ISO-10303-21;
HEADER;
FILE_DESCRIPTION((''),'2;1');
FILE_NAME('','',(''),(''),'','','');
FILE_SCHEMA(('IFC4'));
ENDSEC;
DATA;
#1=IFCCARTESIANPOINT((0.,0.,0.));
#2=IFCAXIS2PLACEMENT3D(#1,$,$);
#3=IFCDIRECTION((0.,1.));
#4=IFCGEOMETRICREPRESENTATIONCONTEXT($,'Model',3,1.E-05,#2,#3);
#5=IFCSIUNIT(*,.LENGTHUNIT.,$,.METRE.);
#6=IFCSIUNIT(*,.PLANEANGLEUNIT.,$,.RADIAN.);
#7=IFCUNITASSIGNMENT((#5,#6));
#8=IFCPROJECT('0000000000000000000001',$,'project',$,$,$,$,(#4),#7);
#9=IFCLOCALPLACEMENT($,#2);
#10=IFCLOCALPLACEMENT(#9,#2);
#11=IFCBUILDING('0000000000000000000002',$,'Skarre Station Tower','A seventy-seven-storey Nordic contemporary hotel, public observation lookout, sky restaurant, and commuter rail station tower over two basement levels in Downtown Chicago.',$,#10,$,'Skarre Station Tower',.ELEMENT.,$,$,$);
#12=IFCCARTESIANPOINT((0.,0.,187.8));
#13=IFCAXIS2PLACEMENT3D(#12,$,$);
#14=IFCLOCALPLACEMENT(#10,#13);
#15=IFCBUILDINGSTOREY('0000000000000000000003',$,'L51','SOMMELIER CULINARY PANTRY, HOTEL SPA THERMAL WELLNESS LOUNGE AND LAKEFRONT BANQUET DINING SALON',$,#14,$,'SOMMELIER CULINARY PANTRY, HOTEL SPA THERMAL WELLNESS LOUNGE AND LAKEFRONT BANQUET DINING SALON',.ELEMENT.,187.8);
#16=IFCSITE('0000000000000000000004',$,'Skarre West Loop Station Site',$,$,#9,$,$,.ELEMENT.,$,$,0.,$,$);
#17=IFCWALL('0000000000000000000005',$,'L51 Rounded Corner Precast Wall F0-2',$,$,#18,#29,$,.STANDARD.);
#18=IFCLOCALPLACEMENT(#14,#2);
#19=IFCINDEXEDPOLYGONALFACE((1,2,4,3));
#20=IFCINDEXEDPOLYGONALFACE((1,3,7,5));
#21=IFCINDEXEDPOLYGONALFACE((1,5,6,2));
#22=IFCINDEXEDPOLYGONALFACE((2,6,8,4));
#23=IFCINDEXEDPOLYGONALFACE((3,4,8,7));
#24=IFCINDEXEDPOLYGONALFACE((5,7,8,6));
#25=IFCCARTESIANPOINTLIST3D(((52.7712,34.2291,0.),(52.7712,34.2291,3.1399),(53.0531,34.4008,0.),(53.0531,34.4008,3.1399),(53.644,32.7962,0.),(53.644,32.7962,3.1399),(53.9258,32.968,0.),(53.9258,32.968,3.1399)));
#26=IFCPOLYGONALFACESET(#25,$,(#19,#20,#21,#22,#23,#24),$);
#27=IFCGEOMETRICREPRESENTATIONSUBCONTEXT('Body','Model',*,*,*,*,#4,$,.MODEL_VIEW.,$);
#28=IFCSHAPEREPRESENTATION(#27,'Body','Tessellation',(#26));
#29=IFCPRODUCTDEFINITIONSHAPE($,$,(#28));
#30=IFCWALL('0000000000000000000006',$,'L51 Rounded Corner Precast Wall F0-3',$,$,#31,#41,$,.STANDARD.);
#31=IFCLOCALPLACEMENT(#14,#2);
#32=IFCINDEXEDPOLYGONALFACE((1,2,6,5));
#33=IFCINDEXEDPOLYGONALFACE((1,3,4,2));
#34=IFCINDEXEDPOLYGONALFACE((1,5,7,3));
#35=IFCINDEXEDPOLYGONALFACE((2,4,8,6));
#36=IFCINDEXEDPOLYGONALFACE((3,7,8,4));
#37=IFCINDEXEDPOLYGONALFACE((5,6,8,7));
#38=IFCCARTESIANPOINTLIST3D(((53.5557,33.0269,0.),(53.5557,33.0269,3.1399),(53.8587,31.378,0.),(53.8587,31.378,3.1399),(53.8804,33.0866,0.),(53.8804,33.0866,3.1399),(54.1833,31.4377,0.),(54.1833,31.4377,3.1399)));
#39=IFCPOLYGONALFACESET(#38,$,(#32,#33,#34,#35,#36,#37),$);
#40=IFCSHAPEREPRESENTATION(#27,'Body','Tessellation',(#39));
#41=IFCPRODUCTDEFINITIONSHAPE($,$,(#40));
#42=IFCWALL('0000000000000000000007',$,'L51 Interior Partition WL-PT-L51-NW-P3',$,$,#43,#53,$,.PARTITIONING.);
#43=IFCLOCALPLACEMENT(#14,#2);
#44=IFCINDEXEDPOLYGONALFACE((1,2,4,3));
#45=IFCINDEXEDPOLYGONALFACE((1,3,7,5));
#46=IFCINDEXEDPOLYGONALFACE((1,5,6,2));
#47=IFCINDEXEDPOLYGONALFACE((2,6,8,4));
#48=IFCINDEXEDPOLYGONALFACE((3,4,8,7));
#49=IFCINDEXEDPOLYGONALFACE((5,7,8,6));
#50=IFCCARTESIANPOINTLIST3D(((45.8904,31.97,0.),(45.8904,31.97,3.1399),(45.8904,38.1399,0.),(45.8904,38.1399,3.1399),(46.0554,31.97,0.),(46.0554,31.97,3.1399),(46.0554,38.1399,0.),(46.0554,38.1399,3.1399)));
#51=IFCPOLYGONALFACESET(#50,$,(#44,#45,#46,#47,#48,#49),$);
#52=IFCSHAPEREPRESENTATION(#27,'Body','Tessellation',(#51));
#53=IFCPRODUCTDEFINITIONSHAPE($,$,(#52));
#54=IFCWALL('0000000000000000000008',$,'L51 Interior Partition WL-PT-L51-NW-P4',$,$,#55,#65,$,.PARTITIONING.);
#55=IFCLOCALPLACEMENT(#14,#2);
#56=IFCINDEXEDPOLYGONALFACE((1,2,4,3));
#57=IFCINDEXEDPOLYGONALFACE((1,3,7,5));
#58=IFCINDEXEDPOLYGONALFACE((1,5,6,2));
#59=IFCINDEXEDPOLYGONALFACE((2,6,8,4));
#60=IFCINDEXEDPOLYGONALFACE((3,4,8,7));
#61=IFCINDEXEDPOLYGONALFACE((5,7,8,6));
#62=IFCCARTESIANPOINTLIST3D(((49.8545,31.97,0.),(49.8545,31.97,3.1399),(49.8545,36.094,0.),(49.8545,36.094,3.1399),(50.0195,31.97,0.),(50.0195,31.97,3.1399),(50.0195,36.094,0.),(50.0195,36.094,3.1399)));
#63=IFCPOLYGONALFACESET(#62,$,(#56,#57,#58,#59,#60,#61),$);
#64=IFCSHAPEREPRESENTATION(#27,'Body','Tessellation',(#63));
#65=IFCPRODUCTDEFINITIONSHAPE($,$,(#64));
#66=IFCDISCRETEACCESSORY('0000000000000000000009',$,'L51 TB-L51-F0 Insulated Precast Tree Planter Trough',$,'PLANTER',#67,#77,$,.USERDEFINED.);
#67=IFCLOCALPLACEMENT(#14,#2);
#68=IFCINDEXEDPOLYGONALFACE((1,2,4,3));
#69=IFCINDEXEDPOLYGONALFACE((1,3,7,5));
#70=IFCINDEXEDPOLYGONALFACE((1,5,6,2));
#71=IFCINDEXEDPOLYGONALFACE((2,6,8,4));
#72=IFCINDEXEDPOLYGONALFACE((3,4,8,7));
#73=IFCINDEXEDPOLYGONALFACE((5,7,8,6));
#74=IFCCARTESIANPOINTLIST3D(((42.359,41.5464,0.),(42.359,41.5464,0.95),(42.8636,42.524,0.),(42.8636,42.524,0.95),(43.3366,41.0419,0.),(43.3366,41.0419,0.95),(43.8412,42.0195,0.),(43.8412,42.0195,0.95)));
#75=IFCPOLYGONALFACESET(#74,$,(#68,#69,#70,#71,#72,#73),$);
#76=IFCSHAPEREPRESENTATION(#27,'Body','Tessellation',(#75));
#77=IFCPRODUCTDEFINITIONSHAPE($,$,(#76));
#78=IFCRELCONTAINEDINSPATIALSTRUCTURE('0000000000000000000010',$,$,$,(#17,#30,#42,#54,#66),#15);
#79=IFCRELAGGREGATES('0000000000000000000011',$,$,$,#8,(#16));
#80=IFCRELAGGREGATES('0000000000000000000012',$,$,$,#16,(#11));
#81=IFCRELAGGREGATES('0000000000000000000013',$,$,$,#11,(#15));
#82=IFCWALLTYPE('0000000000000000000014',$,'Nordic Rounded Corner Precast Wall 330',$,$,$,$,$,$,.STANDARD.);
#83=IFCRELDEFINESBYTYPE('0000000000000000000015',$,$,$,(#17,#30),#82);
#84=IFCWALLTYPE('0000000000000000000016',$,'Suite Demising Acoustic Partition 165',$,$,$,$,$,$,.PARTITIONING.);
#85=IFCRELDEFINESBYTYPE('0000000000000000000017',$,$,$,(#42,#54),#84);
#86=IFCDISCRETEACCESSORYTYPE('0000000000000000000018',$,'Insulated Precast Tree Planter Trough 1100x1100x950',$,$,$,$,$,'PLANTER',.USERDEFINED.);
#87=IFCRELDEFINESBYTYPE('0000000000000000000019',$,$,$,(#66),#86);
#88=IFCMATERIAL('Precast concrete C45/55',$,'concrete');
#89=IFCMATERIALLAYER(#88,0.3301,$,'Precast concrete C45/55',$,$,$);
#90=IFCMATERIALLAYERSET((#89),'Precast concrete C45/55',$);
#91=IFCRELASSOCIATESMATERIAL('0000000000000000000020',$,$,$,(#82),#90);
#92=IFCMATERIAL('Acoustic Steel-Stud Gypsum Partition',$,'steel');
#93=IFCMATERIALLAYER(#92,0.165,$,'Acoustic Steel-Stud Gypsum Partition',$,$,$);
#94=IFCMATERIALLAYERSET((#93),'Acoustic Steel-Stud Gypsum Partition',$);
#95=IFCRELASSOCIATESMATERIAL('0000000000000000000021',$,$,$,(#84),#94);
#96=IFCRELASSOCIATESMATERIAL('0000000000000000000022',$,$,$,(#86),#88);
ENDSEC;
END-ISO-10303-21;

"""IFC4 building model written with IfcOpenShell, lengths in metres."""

from ifc_helpers import new_model, si_unit, direction, frame, frame_2d, origin, origin_2d, place, context, subcontext, project, spatial, rectangle, extrude, material, layer, layer_set, type_object, element, save


model = new_model("IFC4")

# Units and contexts
model_context = context("Model", 3, precision=1e-05, world=origin(), true_north=direction((0.0, 1.0)))
body_context = subcontext(model_context, "Body", "Model", "MODEL_VIEW")
ifc_project = project(units=[si_unit("LENGTHUNIT", "METRE"), si_unit("PLANEANGLEUNIT", "RADIAN")], contexts=[model_context])

# Site, building, storey
site_placement = place(None, origin())
site = spatial("IfcSite", under=ifc_project, at=site_placement, Name="Skarre West Loop Station Site", CompositionType="ELEMENT", RefElevation=0.0)
building_placement = place(site_placement, origin())
building = spatial("IfcBuilding", under=site, at=building_placement, Name="Skarre Station Tower", Description="A seventy-seven-storey Nordic contemporary hotel, public observation lookout, sky restaurant, and commuter rail station tower over two basement levels in Downtown Chicago.", LongName="Skarre Station Tower", CompositionType="ELEMENT")
storey_placement = place(building_placement, frame((0.0, 0.0, 187.8)))
storey = spatial("IfcBuildingStorey", under=building, at=storey_placement, Name="L51", Description="SOMMELIER CULINARY PANTRY, HOTEL SPA THERMAL WELLNESS LOUNGE AND LAKEFRONT BANQUET DINING SALON", LongName="SOMMELIER CULINARY PANTRY, HOTEL SPA THERMAL WELLNESS LOUNGE AND LAKEFRONT BANQUET DINING SALON", CompositionType="ELEMENT", Elevation=187.8)

# Shared definitions
ifc_material_1 = material(Name="Acoustic Steel-Stud Gypsum Partition", Category="steel")

# Walls
ifc_material_2 = material(Name="Precast concrete C45/55", Category="concrete")
ifc_layer_1 = layer(ifc_material_2, 0.3301, Name="Precast concrete C45/55")
ifc_layer_set_1 = layer_set([ifc_layer_1], Name="Precast concrete C45/55")
wall_type_1 = type_object("IfcWallType", Name="Nordic Rounded Corner Precast Wall 330", PredefinedType="STANDARD", material=ifc_layer_set_1)
wall_1_placement = place(storey_placement, frame((52.9121, 34.3149, 0.0), z_axis=(0.0, 0.0, 1.0), x_axis=(0.520219, -0.854033, 0.0)))
element("IfcWall", 1, at=wall_1_placement, inside=storey, type_object=wall_type_1, Name="L51 Rounded Corner Precast Wall F0-2", PredefinedType="STANDARD", context=body_context, shape_type="SweptSolid", body=[
    extrude(rectangle(XDim=1.6777, YDim=0.3301, at=frame_2d((0.8389, 0.0))), origin(), (0.0, 0.0, 1.0), 3.1399),
])
wall_2_placement = place(storey_placement, frame((53.718, 33.0569, 0.0), z_axis=(0.0, 0.0, 1.0), x_axis=(0.180718, -0.983535, 0.0)))
element("IfcWall", 2, at=wall_2_placement, inside=storey, type_object=wall_type_1, Name="L51 Rounded Corner Precast Wall F0-3", PredefinedType="STANDARD", context=body_context, shape_type="SweptSolid", body=[
    extrude(rectangle(XDim=1.6765, YDim=0.3301, at=frame_2d((0.8384, 0.0))), origin(), (0.0, 0.0, 1.0), 3.1399),
])
ifc_layer_2 = layer(ifc_material_1, 0.165, Name="Acoustic Steel-Stud Gypsum Partition")
ifc_layer_set_2 = layer_set([ifc_layer_2], Name="Acoustic Steel-Stud Gypsum Partition")
wall_type_2 = type_object("IfcWallType", Name="Suite Demising Acoustic Partition 165", PredefinedType="PARTITIONING", material=ifc_layer_set_2)
wall_3_placement = place(storey_placement, frame((45.9729, 31.97, 0.0), z_axis=(0.0, 0.0, 1.0), x_axis=(0.0, 1.0, 0.0)))
element("IfcWall", 3, at=wall_3_placement, inside=storey, type_object=wall_type_2, Name="L51 Interior Partition WL-PT-L51-NW-P3", PredefinedType="PARTITIONING", context=body_context, shape_type="SweptSolid", body=[
    extrude(rectangle(XDim=6.1699, YDim=0.165, at=frame_2d((3.085, 0.0))), origin(), (0.0, 0.0, 1.0), 3.1399),
])
wall_4_placement = place(storey_placement, frame((49.937, 31.97, 0.0), z_axis=(0.0, 0.0, 1.0), x_axis=(0.0, 1.0, 0.0)))
element("IfcWall", 4, at=wall_4_placement, inside=storey, type_object=wall_type_2, Name="L51 Interior Partition WL-PT-L51-NW-P4", PredefinedType="PARTITIONING", context=body_context, shape_type="SweptSolid", body=[
    extrude(rectangle(XDim=4.124, YDim=0.165, at=frame_2d((2.062, 0.0))), origin(), (0.0, 0.0, 1.0), 3.1399),
])

# Discrete accessory
discrete_accessory_type = type_object("IfcDiscreteAccessoryType", Name="Insulated Precast Tree Planter Trough 1100x1100x950", ElementType="PLANTER", PredefinedType="USERDEFINED", material=ifc_material_2)
discrete_accessory_placement = place(storey_placement, frame((43.1001, 41.783, 0.0), z_axis=(0.0, 0.0, 1.0), x_axis=(0.458634, 0.888625, 0.0)))
element("IfcDiscreteAccessory", 5, at=discrete_accessory_placement, inside=storey, type_object=discrete_accessory_type, Name="L51 TB-L51-F0 Insulated Precast Tree Planter Trough", ObjectType="PLANTER", PredefinedType="USERDEFINED", context=body_context, shape_type="SweptSolid", body=[
    extrude(rectangle(XDim=1.1001, YDim=1.1001, at=origin_2d()), origin(), (0.0, 0.0, 1.0), 0.95),
])

save(model, "model.ifc")
